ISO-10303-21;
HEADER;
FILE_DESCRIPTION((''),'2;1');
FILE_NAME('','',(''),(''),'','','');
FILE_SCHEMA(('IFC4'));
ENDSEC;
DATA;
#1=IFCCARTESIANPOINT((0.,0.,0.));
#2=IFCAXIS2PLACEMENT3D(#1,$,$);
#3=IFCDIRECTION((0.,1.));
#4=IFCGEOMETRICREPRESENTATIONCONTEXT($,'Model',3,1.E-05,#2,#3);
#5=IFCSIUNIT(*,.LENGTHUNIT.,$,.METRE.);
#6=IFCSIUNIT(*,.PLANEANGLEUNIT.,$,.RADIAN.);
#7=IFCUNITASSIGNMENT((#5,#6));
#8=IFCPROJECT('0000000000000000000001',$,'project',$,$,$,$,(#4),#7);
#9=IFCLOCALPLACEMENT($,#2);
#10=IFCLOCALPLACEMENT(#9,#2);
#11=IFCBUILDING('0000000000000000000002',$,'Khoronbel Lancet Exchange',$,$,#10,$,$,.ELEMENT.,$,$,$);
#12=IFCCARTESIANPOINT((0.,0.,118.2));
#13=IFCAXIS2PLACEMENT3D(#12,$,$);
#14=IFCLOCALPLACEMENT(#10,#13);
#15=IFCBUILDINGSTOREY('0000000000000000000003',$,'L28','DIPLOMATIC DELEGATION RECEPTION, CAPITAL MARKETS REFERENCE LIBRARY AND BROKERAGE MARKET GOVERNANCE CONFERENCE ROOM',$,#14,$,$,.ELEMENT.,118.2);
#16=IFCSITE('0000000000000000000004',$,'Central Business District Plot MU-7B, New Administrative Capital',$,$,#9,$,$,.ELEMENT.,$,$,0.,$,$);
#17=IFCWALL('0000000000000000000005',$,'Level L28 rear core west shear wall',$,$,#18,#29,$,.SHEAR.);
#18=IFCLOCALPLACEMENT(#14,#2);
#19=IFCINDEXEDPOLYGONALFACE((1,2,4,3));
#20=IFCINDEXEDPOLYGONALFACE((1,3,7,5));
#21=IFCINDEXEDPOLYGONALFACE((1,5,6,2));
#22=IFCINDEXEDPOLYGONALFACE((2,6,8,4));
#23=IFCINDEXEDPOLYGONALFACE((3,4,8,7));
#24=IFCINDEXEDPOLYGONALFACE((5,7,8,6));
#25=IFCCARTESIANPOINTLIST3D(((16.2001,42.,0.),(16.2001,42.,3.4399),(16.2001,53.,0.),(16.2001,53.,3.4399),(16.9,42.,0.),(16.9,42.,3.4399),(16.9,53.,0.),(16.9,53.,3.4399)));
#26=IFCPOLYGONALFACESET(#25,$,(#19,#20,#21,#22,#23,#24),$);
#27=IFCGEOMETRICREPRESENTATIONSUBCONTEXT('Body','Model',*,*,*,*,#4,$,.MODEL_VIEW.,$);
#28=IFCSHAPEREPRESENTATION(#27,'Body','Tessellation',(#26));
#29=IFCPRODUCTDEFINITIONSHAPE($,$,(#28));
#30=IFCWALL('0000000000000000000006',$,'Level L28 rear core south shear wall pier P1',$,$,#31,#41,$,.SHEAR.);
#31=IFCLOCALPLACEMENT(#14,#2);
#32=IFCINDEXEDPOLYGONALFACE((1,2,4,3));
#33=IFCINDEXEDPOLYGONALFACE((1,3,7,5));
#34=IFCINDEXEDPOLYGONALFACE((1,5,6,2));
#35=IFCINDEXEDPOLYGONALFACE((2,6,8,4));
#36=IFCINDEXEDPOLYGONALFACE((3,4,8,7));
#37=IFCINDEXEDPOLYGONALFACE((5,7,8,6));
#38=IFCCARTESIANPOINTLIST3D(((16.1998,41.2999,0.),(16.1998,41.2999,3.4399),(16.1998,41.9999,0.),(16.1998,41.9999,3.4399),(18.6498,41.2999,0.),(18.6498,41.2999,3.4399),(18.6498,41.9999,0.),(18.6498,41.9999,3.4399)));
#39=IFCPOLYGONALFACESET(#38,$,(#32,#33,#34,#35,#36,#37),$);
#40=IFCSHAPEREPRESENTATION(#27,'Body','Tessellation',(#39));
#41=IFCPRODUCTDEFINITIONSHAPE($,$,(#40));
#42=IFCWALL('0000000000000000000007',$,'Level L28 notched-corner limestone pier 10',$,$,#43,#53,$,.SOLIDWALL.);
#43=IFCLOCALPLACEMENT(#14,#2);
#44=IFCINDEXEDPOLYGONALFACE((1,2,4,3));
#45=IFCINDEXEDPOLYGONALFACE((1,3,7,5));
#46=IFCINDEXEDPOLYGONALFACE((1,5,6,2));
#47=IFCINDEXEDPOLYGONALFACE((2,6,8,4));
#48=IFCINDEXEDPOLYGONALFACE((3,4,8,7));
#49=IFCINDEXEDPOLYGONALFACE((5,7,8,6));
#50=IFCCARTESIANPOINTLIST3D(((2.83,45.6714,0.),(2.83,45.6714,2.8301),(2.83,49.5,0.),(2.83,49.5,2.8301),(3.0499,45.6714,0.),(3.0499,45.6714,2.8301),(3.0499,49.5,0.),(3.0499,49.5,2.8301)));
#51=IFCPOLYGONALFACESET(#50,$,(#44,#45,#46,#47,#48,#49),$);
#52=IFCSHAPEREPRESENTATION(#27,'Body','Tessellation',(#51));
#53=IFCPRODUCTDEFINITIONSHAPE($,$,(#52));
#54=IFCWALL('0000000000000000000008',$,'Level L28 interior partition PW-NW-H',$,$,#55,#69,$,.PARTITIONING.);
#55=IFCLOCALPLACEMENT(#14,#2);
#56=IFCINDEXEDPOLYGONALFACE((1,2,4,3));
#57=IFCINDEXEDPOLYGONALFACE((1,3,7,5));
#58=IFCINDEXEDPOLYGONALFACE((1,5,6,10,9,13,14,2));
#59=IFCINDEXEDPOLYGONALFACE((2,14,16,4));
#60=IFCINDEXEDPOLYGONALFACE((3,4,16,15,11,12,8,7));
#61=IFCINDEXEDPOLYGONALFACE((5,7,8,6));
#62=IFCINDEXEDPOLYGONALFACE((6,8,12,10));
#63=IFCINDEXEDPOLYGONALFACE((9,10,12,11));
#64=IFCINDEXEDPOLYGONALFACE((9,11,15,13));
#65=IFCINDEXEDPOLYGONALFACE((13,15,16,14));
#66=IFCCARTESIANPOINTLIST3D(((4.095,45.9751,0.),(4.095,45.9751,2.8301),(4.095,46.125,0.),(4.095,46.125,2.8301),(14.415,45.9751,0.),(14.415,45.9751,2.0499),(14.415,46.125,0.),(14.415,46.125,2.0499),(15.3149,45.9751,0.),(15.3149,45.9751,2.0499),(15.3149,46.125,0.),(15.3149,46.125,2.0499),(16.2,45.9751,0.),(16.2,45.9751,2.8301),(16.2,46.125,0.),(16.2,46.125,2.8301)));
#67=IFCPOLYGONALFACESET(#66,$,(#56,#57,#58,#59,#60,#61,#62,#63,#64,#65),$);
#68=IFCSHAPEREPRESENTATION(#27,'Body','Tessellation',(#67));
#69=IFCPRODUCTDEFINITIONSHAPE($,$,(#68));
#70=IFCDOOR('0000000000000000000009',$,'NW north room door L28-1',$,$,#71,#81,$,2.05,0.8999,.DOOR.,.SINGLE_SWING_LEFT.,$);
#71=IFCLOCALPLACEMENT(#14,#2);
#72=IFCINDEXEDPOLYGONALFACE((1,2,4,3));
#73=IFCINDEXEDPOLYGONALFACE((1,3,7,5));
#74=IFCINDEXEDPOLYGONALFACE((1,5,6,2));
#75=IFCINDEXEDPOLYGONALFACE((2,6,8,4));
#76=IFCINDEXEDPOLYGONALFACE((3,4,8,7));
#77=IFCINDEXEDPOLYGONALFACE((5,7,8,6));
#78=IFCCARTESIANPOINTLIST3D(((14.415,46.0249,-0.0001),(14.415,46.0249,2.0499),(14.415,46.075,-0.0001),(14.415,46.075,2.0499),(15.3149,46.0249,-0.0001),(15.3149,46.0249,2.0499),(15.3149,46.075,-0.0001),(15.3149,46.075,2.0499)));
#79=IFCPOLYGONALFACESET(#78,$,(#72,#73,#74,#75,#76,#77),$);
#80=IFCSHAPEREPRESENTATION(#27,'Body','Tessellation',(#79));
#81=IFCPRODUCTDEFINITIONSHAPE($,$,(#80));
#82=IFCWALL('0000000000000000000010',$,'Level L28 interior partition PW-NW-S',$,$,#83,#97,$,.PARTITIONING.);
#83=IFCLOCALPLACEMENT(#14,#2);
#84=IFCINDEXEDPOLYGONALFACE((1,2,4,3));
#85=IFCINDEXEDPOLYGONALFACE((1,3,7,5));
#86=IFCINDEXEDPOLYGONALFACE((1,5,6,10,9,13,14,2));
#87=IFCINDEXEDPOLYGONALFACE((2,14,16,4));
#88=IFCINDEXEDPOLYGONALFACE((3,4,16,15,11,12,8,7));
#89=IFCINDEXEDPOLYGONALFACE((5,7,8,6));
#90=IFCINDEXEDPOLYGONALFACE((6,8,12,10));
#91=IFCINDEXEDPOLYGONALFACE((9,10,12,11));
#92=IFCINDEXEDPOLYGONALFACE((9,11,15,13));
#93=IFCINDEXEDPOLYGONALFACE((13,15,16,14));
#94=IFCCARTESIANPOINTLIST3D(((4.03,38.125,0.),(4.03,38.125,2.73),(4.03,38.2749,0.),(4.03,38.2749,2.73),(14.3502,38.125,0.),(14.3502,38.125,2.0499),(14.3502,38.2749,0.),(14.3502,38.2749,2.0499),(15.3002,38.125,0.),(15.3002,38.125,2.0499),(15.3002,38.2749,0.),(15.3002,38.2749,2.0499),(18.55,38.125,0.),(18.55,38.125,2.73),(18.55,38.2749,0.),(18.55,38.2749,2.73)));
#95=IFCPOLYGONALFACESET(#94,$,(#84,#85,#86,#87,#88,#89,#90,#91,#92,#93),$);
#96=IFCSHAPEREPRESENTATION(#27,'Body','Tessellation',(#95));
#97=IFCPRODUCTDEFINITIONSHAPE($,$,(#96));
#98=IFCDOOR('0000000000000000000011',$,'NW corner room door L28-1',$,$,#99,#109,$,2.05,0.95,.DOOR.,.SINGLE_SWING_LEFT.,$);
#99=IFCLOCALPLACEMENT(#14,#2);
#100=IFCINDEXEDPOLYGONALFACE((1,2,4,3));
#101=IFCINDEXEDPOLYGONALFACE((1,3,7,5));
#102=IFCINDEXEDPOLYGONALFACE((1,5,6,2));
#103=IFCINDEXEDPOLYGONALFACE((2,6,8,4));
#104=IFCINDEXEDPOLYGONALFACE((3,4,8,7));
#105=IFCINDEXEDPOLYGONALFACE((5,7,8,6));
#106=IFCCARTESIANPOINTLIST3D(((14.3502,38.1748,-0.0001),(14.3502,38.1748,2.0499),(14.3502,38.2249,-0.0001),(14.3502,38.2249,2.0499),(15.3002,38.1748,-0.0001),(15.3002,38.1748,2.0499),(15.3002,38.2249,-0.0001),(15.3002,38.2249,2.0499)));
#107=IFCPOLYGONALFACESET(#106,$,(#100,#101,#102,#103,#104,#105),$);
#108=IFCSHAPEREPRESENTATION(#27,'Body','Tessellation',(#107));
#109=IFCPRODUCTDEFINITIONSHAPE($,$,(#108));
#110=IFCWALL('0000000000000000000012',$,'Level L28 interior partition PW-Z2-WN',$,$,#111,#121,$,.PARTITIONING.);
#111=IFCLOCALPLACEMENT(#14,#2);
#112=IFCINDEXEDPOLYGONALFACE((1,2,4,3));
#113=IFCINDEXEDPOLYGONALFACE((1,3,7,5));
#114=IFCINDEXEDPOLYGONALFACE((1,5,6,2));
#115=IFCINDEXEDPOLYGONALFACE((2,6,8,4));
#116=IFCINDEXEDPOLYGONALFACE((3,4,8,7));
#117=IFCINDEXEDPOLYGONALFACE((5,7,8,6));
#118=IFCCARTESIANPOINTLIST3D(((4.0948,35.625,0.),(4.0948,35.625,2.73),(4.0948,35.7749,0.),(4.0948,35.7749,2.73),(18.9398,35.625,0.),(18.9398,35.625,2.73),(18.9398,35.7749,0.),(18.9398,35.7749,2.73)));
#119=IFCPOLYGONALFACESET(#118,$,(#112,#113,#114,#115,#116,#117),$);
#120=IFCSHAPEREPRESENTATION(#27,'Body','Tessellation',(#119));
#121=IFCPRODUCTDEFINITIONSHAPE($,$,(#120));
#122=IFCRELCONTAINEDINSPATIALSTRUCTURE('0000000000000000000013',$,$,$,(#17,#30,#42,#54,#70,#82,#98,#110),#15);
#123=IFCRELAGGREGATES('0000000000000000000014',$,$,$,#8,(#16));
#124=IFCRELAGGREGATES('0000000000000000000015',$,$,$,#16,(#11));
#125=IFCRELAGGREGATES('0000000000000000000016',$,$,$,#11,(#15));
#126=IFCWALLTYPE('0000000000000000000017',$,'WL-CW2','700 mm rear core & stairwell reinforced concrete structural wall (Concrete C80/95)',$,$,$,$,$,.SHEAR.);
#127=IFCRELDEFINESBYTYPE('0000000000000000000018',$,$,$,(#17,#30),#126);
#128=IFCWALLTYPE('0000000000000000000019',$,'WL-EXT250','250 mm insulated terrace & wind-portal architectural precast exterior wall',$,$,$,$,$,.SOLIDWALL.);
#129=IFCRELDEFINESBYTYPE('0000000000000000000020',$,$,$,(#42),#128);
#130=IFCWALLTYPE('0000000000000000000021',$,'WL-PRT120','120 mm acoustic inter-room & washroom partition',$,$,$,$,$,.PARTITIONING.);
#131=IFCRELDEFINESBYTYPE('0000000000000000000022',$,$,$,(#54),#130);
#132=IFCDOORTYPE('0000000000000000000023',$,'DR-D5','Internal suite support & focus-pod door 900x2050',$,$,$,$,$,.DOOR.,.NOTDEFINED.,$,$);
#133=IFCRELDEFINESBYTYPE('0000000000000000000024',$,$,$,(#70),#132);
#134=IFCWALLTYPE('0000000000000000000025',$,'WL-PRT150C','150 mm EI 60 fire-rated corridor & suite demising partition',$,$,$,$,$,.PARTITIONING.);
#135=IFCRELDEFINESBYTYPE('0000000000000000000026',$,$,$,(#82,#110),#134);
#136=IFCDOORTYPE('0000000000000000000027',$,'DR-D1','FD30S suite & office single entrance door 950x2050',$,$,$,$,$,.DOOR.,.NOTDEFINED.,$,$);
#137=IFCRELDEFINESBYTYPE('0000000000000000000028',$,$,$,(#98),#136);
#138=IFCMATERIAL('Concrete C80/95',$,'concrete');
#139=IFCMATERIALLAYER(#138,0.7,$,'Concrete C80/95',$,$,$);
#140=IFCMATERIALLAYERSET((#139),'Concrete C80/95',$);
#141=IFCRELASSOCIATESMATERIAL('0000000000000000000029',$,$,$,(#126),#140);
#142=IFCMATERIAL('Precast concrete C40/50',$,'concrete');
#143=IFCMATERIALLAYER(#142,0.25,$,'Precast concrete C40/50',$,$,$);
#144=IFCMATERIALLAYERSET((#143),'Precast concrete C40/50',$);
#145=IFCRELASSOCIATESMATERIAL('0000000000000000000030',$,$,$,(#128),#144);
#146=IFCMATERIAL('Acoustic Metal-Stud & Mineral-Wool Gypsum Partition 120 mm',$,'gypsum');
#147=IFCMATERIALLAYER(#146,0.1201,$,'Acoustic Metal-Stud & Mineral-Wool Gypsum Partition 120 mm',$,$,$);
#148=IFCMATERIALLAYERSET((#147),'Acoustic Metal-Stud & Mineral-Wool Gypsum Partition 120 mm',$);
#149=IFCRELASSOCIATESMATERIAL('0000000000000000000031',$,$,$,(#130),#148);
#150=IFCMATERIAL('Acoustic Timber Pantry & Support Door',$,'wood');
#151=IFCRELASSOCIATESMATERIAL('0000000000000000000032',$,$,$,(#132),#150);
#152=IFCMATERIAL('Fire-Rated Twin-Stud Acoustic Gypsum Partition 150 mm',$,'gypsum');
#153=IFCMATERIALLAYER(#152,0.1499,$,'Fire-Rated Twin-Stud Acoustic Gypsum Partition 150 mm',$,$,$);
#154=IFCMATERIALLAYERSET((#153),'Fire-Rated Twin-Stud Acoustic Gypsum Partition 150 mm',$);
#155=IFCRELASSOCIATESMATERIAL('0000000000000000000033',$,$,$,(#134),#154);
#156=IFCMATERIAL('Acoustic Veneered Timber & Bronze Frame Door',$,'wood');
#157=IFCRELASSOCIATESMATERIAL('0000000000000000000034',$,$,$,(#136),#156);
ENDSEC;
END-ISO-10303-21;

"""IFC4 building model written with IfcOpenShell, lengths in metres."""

from ifc_helpers import new_model, si_unit, direction, frame, frame_2d, origin, place, context, subcontext, project, spatial, rectangle, extrude, material, layer, layer_set, type_object, element, fill, save


model = new_model("IFC4")

# Units and contexts
model_context = context("Model", 3, precision=1e-05, world=origin(), true_north=direction((0.0, 1.0)))
body_context = subcontext(model_context, "Body", "Model", "MODEL_VIEW")
ifc_project = project(units=[si_unit("LENGTHUNIT", "METRE"), si_unit("PLANEANGLEUNIT", "RADIAN")], contexts=[model_context])

# Site, building, storey
site_placement = place(None, origin())
site = spatial("IfcSite", under=ifc_project, at=site_placement, Name="Central Business District Plot MU-7B, New Administrative Capital", CompositionType="ELEMENT", RefElevation=0.0)
building_placement = place(site_placement, origin())
building = spatial("IfcBuilding", under=site, at=building_placement, Name="Khoronbel Lancet Exchange", CompositionType="ELEMENT")
storey_placement = place(building_placement, frame((0.0, 0.0, 118.2)))
storey = spatial("IfcBuildingStorey", under=building, at=storey_placement, Name="L28", Description="DIPLOMATIC DELEGATION RECEPTION, CAPITAL MARKETS REFERENCE LIBRARY AND BROKERAGE MARKET GOVERNANCE CONFERENCE ROOM", CompositionType="ELEMENT", Elevation=118.2)

# Shared definitions
ifc_material_1 = material(Name="Concrete C80/95", Category="concrete")

# Walls
ifc_layer_1 = layer(ifc_material_1, 0.7, Name="Concrete C80/95")
ifc_layer_set_1 = layer_set([ifc_layer_1], Name="Concrete C80/95")
wall_type_1 = type_object("IfcWallType", Name="WL-CW2", Description="700 mm rear core & stairwell reinforced concrete structural wall (Concrete C80/95)", PredefinedType="SHEAR", material=ifc_layer_set_1)
wall_1_placement = place(storey_placement, frame((16.55, 42.0, 0.0), z_axis=(0.0, 0.0, 1.0), x_axis=(0.0, 1.0, 0.0)))
element("IfcWall", 1, at=wall_1_placement, inside=storey, type_object=wall_type_1, Name="Level L28 rear core west shear wall", PredefinedType="SHEAR", context=body_context, shape_type="SweptSolid", body=[
    extrude(rectangle(XDim=11.0, YDim=0.7, at=frame_2d((5.5, 0.0))), origin(), (0.0, 0.0, 1.0), 3.4399),
])
wall_2_placement = place(storey_placement, frame((18.6499, 41.6499, 0.0), z_axis=(0.0, 0.0, 1.0), x_axis=(-1.0, 0.0, 0.0)))
element("IfcWall", 2, at=wall_2_placement, inside=storey, type_object=wall_type_1, Name="Level L28 rear core south shear wall pier P1", PredefinedType="SHEAR", context=body_context, shape_type="SweptSolid", body=[
    extrude(rectangle(XDim=2.45, YDim=0.7, at=frame_2d((1.2251, 0.0))), origin(), (0.0, 0.0, 1.0), 3.4399),
])
ifc_material_2 = material(Name="Precast concrete C40/50", Category="concrete")
ifc_layer_2 = layer(ifc_material_2, 0.25, Name="Precast concrete C40/50")
ifc_layer_set_2 = layer_set([ifc_layer_2], Name="Precast concrete C40/50")
wall_type_2 = type_object("IfcWallType", Name="WL-EXT250", Description="250 mm insulated terrace & wind-portal architectural precast exterior wall", PredefinedType="SOLIDWALL", material=ifc_layer_set_2)
wall_3_placement = place(storey_placement, frame((2.9399, 45.6714, 0.0), z_axis=(0.0, 0.0, 1.0), x_axis=(0.0, 1.0, 0.0)))
element("IfcWall", 3, at=wall_3_placement, inside=storey, type_object=wall_type_2, Name="Level L28 notched-corner limestone pier 10", PredefinedType="SOLIDWALL", context=body_context, shape_type="SweptSolid", body=[
    extrude(rectangle(XDim=3.8286, YDim=0.22, at=frame_2d((1.9143, 0.0))), origin(), (0.0, 0.0, 1.0), 2.8301),
])

# Walls, openings, doors
ifc_material_3 = material(Name="Acoustic Metal-Stud & Mineral-Wool Gypsum Partition 120 mm", Category="gypsum")
ifc_layer_3 = layer(ifc_material_3, 0.1201, Name="Acoustic Metal-Stud & Mineral-Wool Gypsum Partition 120 mm")
ifc_layer_set_3 = layer_set([ifc_layer_3], Name="Acoustic Metal-Stud & Mineral-Wool Gypsum Partition 120 mm")
wall_type_3 = type_object("IfcWallType", Name="WL-PRT120", Description="120 mm acoustic inter-room & washroom partition", PredefinedType="PARTITIONING", material=ifc_layer_set_3)
wall_4_placement = place(storey_placement, frame((4.095, 46.05, 0.0), z_axis=(0.0, 0.0, 1.0), x_axis=(1.0, 0.0, 0.0)))
wall_4 = element("IfcWall", 4, at=wall_4_placement, inside=storey, type_object=wall_type_3, Name="Level L28 interior partition PW-NW-H", PredefinedType="PARTITIONING", context=body_context, shape_type="SweptSolid", body=[
    extrude(rectangle(XDim=12.105, YDim=0.1499, at=frame_2d((6.0525, 0.0))), origin(), (0.0, 0.0, 1.0), 2.8301),
])
opening_1_placement = place(wall_4_placement, frame((10.3201, 0.0, 0.0)))
opening_1 = element("IfcOpeningElement", 5, at=opening_1_placement, cuts=wall_4, PredefinedType="OPENING", context=body_context, shape_type="SweptSolid", body=[
    extrude(rectangle(XDim=0.8999, YDim=2.05, at=frame_2d((0.45, 1.0249))), frame((0.0, 0.085, 0.0), z_axis=(0.0, -1.0, 0.0), x_axis=(1.0, 0.0, 0.0)), (0.0, 0.0, 1.0), 0.1699),
])
ifc_material_4 = material(Name="Acoustic Timber Pantry & Support Door", Category="wood")
door_type_1 = type_object("IfcDoorType", Name="DR-D5", Description="Internal suite support & focus-pod door 900x2050", OperationType="NOTDEFINED", PredefinedType="DOOR", material=ifc_material_4)
door_1_placement = place(opening_1_placement, origin())
door_1 = element("IfcDoor", 6, at=door_1_placement, inside=storey, type_object=door_type_1, Name="NW north room door L28-1", OperationType="SINGLE_SWING_LEFT", OverallHeight=2.05, OverallWidth=0.8999, PredefinedType="DOOR", context=body_context, shape_type="SweptSolid", body=[
    extrude(rectangle(XDim=0.8999, YDim=2.05, at=frame_2d((0.45, 1.0249))), frame((0.0, 0.0249, 0.0), z_axis=(0.0, -1.0, 0.0), x_axis=(1.0, 0.0, 0.0)), (0.0, 0.0, 1.0), 0.05),
])
fill(opening_1, door_1)
ifc_material_5 = material(Name="Fire-Rated Twin-Stud Acoustic Gypsum Partition 150 mm", Category="gypsum")
ifc_layer_4 = layer(ifc_material_5, 0.1499, Name="Fire-Rated Twin-Stud Acoustic Gypsum Partition 150 mm")
ifc_layer_set_4 = layer_set([ifc_layer_4], Name="Fire-Rated Twin-Stud Acoustic Gypsum Partition 150 mm")
wall_type_4 = type_object("IfcWallType", Name="WL-PRT150C", Description="150 mm EI 60 fire-rated corridor & suite demising partition", PredefinedType="PARTITIONING", material=ifc_layer_set_4)
wall_5_placement = place(storey_placement, frame((4.03, 38.2, 0.0), z_axis=(0.0, 0.0, 1.0), x_axis=(1.0, 0.0, 0.0)))
wall_5 = element("IfcWall", 7, at=wall_5_placement, inside=storey, type_object=wall_type_4, Name="Level L28 interior partition PW-NW-S", PredefinedType="PARTITIONING", context=body_context, shape_type="SweptSolid", body=[
    extrude(rectangle(XDim=14.52, YDim=0.1499, at=frame_2d((7.26, 0.0))), origin(), (0.0, 0.0, 1.0), 2.73),
])
opening_2_placement = place(wall_5_placement, frame((10.3201, 0.0, 0.0)))
opening_2 = element("IfcOpeningElement", 8, at=opening_2_placement, cuts=wall_5, PredefinedType="OPENING", context=body_context, shape_type="SweptSolid", body=[
    extrude(rectangle(XDim=0.95, YDim=2.05, at=frame_2d((0.4751, 1.0249))), frame((0.0, 0.085, 0.0), z_axis=(0.0, -1.0, 0.0), x_axis=(1.0, 0.0, 0.0)), (0.0, 0.0, 1.0), 0.1699),
])
ifc_material_6 = material(Name="Acoustic Veneered Timber & Bronze Frame Door", Category="wood")
door_type_2 = type_object("IfcDoorType", Name="DR-D1", Description="FD30S suite & office single entrance door 950x2050", OperationType="NOTDEFINED", PredefinedType="DOOR", material=ifc_material_6)
door_2_placement = place(opening_2_placement, origin())
door_2 = element("IfcDoor", 9, at=door_2_placement, inside=storey, type_object=door_type_2, Name="NW corner room door L28-1", OperationType="SINGLE_SWING_LEFT", OverallHeight=2.05, OverallWidth=0.95, PredefinedType="DOOR", context=body_context, shape_type="SweptSolid", body=[
    extrude(rectangle(XDim=0.95, YDim=2.05, at=frame_2d((0.4751, 1.0249))), frame((0.0, 0.0249, 0.0), z_axis=(0.0, -1.0, 0.0), x_axis=(1.0, 0.0, 0.0)), (0.0, 0.0, 1.0), 0.05),
])
fill(opening_2, door_2)

# Wall
wall_6_placement = place(storey_placement, frame((4.095, 35.7, 0.0), z_axis=(0.0, 0.0, 1.0), x_axis=(1.0, 0.0, 0.0)))
element("IfcWall", 10, at=wall_6_placement, inside=storey, type_object=wall_type_4, Name="Level L28 interior partition PW-Z2-WN", PredefinedType="PARTITIONING", context=body_context, shape_type="SweptSolid", body=[
    extrude(rectangle(XDim=14.845, YDim=0.1499, at=frame_2d((7.4224, 0.0))), origin(), (0.0, 0.0, 1.0), 2.73),
])

save(model, "model.ifc")
